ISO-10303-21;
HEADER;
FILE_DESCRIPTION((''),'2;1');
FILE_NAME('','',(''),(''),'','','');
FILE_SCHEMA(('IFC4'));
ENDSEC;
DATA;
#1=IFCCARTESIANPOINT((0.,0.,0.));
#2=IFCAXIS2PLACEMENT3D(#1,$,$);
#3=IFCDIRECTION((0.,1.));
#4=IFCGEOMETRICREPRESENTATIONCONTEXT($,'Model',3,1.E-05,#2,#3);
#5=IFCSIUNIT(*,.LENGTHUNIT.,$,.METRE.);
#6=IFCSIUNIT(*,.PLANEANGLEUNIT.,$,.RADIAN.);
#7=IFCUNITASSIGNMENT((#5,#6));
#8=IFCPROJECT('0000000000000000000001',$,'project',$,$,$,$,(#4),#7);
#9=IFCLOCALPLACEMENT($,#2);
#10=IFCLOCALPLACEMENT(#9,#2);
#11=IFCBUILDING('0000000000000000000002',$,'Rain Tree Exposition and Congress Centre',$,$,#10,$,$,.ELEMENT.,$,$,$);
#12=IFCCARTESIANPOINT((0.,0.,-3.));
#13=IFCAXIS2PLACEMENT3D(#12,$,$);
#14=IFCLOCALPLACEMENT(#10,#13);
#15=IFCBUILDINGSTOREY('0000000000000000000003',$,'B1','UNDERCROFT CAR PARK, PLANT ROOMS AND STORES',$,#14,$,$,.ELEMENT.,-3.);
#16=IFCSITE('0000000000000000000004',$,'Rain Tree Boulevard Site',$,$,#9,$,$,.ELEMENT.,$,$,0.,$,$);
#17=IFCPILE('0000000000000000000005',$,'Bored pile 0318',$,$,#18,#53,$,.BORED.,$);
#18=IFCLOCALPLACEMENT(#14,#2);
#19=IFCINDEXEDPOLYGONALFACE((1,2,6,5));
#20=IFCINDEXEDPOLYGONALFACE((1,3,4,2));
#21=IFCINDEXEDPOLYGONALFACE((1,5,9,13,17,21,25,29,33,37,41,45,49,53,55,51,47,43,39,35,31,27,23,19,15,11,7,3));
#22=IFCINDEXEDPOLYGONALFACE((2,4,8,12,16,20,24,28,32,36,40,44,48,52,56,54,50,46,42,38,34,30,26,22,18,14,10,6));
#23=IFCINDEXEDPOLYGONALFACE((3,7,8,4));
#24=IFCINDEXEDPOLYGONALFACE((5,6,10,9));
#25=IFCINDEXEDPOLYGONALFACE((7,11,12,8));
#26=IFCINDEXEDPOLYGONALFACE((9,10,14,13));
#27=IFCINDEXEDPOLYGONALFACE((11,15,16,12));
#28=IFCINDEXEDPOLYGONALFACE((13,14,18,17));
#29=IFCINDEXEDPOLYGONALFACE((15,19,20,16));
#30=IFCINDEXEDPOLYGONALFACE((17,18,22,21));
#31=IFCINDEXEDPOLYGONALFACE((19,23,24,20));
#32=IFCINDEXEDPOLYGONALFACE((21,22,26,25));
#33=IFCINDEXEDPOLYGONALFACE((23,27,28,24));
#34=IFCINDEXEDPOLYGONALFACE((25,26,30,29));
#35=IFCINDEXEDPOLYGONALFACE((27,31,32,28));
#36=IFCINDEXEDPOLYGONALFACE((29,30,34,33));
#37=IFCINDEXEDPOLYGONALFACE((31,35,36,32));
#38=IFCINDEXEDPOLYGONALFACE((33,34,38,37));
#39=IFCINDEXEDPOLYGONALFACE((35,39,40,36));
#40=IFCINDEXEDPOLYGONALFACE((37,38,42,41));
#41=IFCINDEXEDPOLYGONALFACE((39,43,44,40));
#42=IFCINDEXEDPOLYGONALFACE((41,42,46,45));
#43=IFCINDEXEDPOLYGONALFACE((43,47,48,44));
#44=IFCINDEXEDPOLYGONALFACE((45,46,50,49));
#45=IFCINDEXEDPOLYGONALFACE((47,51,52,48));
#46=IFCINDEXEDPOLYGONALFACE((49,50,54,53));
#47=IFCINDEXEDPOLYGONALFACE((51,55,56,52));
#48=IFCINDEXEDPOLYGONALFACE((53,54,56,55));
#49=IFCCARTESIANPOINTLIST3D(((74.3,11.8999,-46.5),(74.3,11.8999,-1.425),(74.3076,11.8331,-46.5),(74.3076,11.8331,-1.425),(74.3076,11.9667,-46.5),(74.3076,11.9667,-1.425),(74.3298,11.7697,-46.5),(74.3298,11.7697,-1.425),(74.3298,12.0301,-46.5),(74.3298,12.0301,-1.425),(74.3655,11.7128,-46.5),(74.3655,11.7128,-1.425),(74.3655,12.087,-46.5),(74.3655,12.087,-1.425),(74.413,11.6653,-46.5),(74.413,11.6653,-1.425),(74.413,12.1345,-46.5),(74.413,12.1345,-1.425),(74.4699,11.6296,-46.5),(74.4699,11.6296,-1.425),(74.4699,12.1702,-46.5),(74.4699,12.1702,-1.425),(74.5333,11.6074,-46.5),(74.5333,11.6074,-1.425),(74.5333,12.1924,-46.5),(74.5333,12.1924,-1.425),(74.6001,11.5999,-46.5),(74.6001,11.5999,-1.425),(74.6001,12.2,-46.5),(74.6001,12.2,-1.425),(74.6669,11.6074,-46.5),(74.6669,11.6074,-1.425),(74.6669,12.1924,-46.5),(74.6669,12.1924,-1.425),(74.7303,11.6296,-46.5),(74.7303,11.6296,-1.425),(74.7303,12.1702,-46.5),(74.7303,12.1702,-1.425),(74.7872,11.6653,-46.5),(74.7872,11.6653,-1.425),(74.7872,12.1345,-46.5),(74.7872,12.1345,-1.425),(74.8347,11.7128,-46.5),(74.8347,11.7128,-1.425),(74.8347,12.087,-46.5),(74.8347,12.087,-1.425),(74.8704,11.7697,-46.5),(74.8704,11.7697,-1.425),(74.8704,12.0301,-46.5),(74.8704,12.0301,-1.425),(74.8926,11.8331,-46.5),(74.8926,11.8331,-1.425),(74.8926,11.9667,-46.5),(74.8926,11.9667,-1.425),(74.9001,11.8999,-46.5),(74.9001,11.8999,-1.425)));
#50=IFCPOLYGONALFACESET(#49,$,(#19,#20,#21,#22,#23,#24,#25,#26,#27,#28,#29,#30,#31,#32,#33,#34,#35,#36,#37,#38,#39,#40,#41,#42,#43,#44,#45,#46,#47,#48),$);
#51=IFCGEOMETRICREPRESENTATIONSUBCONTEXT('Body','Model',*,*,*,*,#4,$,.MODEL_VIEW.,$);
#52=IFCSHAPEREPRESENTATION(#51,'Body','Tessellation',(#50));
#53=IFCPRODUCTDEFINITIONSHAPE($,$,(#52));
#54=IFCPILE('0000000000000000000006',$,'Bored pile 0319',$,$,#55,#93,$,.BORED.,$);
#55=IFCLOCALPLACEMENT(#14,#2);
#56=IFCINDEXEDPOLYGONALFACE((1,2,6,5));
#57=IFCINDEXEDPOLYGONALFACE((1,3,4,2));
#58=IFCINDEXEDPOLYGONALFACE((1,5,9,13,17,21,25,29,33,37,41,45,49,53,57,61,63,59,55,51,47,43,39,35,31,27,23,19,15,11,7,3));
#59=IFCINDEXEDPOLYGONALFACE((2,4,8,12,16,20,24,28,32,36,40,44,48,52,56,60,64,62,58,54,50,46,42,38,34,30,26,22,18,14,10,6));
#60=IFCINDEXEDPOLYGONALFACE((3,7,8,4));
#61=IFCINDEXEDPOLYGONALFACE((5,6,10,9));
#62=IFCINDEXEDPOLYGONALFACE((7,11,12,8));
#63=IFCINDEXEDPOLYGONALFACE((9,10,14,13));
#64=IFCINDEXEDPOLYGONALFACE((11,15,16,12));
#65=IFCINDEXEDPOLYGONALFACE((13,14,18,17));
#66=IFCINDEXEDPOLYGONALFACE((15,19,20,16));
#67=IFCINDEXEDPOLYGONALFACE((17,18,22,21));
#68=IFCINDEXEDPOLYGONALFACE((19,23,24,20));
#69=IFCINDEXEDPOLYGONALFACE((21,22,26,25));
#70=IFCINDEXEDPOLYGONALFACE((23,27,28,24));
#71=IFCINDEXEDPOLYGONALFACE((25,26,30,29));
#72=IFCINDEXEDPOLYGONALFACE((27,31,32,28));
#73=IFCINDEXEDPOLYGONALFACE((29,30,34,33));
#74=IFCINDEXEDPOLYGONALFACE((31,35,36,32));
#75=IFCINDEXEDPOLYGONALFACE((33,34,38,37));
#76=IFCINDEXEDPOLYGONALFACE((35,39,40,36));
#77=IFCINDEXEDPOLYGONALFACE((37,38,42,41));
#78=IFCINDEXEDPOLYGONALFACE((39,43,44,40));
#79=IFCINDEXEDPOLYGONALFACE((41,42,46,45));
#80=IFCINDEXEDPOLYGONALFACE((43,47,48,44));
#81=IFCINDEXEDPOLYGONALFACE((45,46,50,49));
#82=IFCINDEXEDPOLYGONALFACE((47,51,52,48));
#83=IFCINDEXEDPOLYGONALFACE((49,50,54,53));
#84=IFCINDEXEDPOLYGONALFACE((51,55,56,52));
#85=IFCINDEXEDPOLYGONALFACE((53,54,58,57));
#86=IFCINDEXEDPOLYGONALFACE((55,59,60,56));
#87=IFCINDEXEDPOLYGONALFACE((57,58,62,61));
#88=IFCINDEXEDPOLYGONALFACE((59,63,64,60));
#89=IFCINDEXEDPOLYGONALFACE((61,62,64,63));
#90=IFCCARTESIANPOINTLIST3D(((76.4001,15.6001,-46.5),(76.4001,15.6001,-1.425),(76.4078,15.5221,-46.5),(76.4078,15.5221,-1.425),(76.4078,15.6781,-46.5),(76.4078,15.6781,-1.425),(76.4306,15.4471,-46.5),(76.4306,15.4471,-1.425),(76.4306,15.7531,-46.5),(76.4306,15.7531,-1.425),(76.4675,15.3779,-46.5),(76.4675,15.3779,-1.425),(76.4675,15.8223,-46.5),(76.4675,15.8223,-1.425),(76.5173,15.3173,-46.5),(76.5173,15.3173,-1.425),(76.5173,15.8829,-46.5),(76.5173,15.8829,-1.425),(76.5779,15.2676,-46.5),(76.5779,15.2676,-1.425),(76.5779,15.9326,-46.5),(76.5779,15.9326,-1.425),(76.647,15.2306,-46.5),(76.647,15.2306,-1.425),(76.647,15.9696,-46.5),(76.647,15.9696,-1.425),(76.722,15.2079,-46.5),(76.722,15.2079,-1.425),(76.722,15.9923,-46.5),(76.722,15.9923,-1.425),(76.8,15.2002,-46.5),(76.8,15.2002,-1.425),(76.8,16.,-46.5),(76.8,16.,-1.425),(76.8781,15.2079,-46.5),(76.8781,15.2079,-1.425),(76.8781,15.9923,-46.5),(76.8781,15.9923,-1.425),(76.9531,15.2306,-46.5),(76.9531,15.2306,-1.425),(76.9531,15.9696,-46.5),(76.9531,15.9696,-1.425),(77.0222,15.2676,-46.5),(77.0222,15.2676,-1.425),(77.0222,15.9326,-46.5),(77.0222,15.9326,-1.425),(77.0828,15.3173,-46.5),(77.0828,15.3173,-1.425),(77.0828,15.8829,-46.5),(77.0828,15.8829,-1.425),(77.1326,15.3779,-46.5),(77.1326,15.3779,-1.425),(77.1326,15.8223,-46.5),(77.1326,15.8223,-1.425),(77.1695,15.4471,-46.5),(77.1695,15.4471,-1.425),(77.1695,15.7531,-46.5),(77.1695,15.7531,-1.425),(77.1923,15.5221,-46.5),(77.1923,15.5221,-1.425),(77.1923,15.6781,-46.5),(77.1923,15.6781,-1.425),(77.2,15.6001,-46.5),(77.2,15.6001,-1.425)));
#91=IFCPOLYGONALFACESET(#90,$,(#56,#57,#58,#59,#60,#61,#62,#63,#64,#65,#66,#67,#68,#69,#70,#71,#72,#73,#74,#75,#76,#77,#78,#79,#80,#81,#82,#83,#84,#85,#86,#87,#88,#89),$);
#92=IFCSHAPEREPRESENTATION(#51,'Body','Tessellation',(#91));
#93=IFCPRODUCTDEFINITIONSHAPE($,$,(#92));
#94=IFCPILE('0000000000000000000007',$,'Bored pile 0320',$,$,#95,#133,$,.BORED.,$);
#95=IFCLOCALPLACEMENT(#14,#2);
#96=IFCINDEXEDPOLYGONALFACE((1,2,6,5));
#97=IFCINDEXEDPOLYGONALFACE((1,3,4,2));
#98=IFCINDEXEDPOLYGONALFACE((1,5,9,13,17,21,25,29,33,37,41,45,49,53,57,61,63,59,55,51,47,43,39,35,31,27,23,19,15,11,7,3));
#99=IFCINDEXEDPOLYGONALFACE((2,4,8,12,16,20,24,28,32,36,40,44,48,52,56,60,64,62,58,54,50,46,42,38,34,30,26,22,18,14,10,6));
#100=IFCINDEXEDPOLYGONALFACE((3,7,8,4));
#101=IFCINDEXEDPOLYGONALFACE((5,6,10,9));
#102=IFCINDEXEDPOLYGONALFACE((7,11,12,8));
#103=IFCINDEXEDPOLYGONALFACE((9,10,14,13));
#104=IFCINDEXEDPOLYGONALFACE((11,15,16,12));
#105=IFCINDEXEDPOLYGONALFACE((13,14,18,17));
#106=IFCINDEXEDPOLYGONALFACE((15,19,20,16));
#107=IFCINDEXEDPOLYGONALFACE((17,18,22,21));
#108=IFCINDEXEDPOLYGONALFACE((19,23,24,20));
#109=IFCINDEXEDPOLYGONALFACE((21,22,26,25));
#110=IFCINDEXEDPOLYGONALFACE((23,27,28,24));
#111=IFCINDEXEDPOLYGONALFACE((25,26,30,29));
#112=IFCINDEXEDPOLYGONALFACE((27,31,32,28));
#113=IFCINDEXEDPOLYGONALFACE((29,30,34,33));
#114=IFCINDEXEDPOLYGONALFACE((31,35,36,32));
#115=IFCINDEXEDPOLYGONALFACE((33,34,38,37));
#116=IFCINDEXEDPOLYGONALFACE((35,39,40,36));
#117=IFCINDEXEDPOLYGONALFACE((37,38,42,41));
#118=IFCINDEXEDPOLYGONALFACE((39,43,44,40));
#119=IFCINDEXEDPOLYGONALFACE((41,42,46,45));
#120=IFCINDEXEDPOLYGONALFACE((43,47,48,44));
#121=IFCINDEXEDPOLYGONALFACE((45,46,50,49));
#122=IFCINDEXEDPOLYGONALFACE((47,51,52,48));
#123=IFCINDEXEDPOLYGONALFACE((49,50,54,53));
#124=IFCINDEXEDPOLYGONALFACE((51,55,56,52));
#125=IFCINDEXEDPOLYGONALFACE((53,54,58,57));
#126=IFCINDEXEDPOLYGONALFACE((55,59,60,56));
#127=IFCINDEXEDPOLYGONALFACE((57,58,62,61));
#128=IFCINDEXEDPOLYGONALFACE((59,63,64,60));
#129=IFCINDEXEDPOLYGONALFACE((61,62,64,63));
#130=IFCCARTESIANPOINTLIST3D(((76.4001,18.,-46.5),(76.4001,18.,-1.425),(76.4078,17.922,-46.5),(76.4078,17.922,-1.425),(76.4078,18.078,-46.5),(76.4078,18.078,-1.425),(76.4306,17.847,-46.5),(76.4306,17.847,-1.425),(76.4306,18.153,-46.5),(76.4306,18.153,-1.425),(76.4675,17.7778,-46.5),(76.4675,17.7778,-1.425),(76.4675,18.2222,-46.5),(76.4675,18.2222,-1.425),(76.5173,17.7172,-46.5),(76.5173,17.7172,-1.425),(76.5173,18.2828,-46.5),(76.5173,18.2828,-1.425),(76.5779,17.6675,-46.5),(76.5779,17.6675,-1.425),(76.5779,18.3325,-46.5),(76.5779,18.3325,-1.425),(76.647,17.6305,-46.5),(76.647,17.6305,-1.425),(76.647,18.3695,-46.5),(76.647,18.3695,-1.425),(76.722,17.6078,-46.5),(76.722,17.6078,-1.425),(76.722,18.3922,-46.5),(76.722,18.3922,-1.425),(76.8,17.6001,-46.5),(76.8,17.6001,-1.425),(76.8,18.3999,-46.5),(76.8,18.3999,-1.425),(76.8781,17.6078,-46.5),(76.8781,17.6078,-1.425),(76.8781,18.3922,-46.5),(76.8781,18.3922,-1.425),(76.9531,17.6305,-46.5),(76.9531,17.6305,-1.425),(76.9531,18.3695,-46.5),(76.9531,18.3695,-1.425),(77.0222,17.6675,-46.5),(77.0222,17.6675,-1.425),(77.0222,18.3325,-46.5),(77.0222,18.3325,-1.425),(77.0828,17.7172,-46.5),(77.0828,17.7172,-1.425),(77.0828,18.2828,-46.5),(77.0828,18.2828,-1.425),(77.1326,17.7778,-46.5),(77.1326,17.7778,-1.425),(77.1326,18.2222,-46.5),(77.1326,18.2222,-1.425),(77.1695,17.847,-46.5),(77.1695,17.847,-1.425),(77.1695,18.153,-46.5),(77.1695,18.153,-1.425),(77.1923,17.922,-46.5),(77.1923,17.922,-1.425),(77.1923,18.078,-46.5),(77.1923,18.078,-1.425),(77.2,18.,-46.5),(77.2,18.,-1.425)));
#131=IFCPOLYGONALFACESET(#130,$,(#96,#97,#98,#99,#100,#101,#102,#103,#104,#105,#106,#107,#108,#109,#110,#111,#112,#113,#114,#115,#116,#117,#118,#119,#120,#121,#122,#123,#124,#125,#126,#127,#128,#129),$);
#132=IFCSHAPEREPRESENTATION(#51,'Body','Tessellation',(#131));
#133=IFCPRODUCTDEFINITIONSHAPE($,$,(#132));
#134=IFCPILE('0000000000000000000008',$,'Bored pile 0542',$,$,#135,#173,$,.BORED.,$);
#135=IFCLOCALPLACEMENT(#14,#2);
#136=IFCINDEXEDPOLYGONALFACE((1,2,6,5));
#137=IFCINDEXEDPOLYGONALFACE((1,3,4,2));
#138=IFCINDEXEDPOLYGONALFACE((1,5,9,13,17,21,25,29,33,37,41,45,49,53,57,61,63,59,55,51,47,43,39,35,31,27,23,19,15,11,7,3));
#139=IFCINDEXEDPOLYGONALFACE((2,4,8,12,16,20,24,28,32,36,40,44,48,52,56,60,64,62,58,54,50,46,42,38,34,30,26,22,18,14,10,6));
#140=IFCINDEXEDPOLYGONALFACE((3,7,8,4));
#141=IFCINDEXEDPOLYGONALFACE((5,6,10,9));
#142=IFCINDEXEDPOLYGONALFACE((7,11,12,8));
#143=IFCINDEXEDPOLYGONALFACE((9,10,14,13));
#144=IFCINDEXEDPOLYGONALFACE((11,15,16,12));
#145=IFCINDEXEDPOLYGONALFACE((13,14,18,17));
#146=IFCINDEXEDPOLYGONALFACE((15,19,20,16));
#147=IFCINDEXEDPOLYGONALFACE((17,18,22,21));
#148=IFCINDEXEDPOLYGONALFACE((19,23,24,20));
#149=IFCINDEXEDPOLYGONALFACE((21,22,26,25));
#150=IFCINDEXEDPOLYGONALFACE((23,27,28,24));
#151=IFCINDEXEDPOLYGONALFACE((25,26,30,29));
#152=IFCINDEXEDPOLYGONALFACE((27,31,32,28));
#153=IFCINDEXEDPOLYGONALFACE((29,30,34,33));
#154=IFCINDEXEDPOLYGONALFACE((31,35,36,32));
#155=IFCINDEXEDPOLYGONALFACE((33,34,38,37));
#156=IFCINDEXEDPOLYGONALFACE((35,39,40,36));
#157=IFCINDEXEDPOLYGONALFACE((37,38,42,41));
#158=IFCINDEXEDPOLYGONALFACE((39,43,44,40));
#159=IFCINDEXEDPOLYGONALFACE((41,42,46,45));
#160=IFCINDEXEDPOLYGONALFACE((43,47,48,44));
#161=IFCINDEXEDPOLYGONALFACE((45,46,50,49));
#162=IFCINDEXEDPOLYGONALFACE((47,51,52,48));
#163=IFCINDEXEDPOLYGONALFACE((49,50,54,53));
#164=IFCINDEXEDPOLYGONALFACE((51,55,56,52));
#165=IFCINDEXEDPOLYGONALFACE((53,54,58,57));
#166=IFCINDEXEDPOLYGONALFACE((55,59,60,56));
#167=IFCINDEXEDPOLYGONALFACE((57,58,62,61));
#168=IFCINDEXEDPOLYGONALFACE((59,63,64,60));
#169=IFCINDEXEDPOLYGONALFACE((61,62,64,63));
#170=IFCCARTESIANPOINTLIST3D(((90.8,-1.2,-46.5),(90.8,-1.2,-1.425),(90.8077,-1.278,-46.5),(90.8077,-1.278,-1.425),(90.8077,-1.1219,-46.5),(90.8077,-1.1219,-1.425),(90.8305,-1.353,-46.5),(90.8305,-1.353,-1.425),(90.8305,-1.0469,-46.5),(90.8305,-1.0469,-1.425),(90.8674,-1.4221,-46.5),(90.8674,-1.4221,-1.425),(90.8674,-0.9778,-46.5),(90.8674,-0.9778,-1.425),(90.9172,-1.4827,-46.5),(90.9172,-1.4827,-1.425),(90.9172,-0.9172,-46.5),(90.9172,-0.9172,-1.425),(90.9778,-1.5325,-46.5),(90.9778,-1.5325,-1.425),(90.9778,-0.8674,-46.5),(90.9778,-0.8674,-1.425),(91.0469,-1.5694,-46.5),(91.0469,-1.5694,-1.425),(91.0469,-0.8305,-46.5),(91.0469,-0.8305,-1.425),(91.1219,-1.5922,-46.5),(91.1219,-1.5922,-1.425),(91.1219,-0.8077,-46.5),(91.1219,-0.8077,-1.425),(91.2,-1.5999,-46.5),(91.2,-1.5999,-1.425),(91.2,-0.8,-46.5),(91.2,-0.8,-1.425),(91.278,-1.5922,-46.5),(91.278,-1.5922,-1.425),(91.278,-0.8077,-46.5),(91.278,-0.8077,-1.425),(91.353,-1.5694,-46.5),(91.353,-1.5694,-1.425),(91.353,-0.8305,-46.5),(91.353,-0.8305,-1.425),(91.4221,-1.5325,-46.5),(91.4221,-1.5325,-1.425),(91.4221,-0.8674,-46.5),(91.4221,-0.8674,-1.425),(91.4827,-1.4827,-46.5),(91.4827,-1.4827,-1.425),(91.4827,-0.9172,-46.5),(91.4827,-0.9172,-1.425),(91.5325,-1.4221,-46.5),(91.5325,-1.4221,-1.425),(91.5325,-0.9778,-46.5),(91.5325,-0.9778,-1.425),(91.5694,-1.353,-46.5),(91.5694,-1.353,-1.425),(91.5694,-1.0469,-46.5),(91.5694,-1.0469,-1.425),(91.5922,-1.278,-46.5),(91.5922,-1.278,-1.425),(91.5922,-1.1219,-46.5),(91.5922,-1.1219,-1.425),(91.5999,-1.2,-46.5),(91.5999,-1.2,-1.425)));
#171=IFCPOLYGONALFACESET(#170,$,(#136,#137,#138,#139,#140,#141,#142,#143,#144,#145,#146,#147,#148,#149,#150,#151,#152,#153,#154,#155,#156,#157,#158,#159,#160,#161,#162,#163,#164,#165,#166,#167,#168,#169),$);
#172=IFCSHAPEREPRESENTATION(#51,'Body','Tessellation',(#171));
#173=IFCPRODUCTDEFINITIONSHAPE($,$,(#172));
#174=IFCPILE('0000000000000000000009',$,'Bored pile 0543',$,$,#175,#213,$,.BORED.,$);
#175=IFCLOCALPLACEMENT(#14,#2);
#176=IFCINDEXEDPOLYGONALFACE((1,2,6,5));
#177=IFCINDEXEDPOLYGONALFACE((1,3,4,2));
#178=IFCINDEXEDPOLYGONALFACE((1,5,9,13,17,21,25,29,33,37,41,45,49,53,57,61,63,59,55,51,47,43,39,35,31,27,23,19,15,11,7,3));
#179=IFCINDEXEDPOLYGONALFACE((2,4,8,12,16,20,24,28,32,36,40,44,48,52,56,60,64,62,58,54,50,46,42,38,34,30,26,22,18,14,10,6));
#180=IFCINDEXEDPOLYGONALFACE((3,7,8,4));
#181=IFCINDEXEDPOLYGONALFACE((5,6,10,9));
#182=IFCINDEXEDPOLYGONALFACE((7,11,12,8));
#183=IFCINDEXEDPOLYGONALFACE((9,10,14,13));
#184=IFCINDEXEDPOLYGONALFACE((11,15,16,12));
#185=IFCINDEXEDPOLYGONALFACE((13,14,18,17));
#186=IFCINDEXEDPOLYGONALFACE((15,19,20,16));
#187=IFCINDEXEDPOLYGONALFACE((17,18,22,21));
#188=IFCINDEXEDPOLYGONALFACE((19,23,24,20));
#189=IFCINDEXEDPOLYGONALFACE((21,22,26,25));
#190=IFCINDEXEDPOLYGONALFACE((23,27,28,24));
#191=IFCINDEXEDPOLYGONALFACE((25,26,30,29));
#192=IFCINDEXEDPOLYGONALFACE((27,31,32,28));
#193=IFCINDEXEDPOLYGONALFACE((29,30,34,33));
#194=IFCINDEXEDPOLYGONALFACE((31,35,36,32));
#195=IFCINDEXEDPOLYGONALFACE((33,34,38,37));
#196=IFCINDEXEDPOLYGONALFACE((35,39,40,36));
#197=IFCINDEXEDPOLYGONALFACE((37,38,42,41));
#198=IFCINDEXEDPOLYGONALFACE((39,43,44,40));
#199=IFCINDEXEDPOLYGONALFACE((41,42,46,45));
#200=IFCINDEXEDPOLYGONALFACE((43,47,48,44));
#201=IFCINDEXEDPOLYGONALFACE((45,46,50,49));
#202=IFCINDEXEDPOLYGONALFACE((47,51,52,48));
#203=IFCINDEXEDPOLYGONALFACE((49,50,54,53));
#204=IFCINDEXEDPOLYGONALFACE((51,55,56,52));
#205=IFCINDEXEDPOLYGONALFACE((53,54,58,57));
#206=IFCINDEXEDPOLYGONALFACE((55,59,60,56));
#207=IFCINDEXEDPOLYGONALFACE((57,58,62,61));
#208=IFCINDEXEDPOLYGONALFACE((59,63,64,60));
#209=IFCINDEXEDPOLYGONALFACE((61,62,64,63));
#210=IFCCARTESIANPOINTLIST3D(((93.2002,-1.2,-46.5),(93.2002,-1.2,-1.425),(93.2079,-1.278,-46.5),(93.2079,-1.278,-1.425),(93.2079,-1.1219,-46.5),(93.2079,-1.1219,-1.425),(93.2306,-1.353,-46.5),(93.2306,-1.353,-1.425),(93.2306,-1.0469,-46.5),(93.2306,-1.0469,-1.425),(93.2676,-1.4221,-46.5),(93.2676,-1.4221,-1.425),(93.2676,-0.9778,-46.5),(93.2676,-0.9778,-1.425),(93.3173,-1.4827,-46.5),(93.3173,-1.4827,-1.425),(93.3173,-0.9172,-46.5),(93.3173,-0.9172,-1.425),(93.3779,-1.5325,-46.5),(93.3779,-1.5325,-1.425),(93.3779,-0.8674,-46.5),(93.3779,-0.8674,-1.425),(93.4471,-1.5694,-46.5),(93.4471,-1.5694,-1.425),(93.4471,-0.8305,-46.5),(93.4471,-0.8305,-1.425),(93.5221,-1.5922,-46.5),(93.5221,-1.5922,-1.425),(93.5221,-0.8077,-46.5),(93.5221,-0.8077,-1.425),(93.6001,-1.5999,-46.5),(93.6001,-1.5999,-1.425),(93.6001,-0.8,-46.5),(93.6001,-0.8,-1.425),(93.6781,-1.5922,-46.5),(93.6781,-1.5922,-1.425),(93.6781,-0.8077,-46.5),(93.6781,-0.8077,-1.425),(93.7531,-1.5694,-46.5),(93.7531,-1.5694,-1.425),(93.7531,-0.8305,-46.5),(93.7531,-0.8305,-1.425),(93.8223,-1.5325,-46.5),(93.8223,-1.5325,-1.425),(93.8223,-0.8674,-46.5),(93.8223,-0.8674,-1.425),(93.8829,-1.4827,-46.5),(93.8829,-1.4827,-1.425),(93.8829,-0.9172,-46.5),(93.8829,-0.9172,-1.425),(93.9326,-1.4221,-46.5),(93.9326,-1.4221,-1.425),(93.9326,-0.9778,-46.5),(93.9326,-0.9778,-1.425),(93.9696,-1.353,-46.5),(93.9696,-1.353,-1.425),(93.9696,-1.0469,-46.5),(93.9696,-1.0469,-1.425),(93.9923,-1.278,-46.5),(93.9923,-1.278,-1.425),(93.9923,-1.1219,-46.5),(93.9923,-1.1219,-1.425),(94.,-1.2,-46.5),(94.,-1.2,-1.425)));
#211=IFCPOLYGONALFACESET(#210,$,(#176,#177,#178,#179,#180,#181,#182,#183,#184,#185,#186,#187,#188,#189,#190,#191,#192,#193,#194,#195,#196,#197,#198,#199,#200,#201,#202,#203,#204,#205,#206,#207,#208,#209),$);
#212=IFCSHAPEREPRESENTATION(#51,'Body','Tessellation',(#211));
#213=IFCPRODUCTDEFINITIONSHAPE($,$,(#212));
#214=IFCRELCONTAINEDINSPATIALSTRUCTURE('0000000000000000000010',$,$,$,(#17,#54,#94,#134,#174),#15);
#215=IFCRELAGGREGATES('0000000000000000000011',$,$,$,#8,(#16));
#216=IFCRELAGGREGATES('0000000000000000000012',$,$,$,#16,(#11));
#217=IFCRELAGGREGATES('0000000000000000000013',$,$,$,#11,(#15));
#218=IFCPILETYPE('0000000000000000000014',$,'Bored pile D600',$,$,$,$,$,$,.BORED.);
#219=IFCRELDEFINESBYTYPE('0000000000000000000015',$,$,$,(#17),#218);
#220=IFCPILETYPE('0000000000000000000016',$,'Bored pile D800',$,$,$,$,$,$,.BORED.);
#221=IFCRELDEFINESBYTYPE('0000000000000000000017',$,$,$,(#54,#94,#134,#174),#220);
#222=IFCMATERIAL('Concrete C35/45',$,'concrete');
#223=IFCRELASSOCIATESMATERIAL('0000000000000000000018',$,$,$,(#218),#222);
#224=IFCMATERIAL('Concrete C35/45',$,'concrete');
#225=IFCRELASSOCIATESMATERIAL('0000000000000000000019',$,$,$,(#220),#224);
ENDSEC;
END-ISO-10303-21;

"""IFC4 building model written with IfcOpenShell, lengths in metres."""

from ifc_helpers import new_model, si_unit, direction, frame, origin, origin_2d, place, context, subcontext, project, spatial, circle, extrude, material, material_profile, profile_set, type_object, element, save


model = new_model("IFC4")

# Units and contexts
model_context = context("Model", 3, precision=1e-05, world=origin(), true_north=direction((0.0, 1.0)))
body_context = subcontext(model_context, "Body", "Model", "MODEL_VIEW")
ifc_project = project(units=[si_unit("LENGTHUNIT", "METRE"), si_unit("PLANEANGLEUNIT", "RADIAN")], contexts=[model_context])

# Site, building, storey
site_placement = place(None, origin())
site = spatial("IfcSite", under=ifc_project, at=site_placement, Name="Rain Tree Boulevard Site", CompositionType="ELEMENT", RefElevation=0.0)
building_placement = place(site_placement, origin())
building = spatial("IfcBuilding", under=site, at=building_placement, Name="Rain Tree Exposition and Congress Centre", CompositionType="ELEMENT")
storey_placement = place(building_placement, frame((0.0, 0.0, -3.0)))
storey = spatial("IfcBuildingStorey", under=building, at=storey_placement, Name="B1", Description="UNDERCROFT CAR PARK, PLANT ROOMS AND STORES", CompositionType="ELEMENT", Elevation=-3.0)

# Piles
ifc_material_1 = material(Name="Concrete C35/45", Category="concrete")
ifc_material_profile_1 = material_profile(ifc_material_1, circle(Radius=0.3, at=origin_2d()), Name="D600")
ifc_profile_set_1 = profile_set([ifc_material_profile_1], Name="Concrete C35/45")
pile_type_1 = type_object("IfcPileType", Name="Bored pile D600", PredefinedType="BORED", material=ifc_profile_set_1)
pile_placement = place(storey_placement, frame((74.6001, 11.8999, -1.425), z_axis=(0.0, 0.0, -1.0), x_axis=(1.0, 0.0, 0.0)))
element("IfcPile", 1, at=pile_placement, inside=storey, type_object=pile_type_1, Name="Bored pile 0318", PredefinedType="BORED", context=body_context, shape_type="SweptSolid", body=[
    extrude(circle(Radius=0.3, at=origin_2d()), origin(), (0.0, 0.0, 1.0), 45.075),
])
ifc_material_2 = material(Name="Concrete C35/45", Category="concrete")
ifc_material_profile_2 = material_profile(ifc_material_2, circle(Radius=0.3999, at=origin_2d()), Name="D800")
ifc_profile_set_2 = profile_set([ifc_material_profile_2], Name="Concrete C35/45")
pile_type_2 = type_object("IfcPileType", Name="Bored pile D800", PredefinedType="BORED", material=ifc_profile_set_2)
for number, where, z_axis, x_axis, name in (
    (2, (76.8, 15.6001, -1.425), (0.0, 0.0, -1.0), (1.0, 0.0, 0.0), "Bored pile 0319"),
    (3, (76.8, 18.0, -1.425), (0.0, 0.0, -1.0), (1.0, 0.0, 0.0), "Bored pile 0320"),
    (4, (91.2, -1.2, -1.425), (0.0, 0.0, -1.0), (1.0, 0.0, 0.0), "Bored pile 0542"),
    (5, (93.6001, -1.2, -1.425), (0.0, 0.0, -1.0), (1.0, 0.0, 0.0), "Bored pile 0543"),
):
    element("IfcPile", number, at=place(storey_placement, frame(where, z_axis=z_axis, x_axis=x_axis)), inside=storey, type_object=pile_type_2, Name=name, PredefinedType="BORED", context=body_context, shape_type="SweptSolid", body=[
        extrude(circle(Radius=0.3999, at=origin_2d()), origin(), (0.0, 0.0, 1.0), 45.075),
    ])

save(model, "model.ifc")
